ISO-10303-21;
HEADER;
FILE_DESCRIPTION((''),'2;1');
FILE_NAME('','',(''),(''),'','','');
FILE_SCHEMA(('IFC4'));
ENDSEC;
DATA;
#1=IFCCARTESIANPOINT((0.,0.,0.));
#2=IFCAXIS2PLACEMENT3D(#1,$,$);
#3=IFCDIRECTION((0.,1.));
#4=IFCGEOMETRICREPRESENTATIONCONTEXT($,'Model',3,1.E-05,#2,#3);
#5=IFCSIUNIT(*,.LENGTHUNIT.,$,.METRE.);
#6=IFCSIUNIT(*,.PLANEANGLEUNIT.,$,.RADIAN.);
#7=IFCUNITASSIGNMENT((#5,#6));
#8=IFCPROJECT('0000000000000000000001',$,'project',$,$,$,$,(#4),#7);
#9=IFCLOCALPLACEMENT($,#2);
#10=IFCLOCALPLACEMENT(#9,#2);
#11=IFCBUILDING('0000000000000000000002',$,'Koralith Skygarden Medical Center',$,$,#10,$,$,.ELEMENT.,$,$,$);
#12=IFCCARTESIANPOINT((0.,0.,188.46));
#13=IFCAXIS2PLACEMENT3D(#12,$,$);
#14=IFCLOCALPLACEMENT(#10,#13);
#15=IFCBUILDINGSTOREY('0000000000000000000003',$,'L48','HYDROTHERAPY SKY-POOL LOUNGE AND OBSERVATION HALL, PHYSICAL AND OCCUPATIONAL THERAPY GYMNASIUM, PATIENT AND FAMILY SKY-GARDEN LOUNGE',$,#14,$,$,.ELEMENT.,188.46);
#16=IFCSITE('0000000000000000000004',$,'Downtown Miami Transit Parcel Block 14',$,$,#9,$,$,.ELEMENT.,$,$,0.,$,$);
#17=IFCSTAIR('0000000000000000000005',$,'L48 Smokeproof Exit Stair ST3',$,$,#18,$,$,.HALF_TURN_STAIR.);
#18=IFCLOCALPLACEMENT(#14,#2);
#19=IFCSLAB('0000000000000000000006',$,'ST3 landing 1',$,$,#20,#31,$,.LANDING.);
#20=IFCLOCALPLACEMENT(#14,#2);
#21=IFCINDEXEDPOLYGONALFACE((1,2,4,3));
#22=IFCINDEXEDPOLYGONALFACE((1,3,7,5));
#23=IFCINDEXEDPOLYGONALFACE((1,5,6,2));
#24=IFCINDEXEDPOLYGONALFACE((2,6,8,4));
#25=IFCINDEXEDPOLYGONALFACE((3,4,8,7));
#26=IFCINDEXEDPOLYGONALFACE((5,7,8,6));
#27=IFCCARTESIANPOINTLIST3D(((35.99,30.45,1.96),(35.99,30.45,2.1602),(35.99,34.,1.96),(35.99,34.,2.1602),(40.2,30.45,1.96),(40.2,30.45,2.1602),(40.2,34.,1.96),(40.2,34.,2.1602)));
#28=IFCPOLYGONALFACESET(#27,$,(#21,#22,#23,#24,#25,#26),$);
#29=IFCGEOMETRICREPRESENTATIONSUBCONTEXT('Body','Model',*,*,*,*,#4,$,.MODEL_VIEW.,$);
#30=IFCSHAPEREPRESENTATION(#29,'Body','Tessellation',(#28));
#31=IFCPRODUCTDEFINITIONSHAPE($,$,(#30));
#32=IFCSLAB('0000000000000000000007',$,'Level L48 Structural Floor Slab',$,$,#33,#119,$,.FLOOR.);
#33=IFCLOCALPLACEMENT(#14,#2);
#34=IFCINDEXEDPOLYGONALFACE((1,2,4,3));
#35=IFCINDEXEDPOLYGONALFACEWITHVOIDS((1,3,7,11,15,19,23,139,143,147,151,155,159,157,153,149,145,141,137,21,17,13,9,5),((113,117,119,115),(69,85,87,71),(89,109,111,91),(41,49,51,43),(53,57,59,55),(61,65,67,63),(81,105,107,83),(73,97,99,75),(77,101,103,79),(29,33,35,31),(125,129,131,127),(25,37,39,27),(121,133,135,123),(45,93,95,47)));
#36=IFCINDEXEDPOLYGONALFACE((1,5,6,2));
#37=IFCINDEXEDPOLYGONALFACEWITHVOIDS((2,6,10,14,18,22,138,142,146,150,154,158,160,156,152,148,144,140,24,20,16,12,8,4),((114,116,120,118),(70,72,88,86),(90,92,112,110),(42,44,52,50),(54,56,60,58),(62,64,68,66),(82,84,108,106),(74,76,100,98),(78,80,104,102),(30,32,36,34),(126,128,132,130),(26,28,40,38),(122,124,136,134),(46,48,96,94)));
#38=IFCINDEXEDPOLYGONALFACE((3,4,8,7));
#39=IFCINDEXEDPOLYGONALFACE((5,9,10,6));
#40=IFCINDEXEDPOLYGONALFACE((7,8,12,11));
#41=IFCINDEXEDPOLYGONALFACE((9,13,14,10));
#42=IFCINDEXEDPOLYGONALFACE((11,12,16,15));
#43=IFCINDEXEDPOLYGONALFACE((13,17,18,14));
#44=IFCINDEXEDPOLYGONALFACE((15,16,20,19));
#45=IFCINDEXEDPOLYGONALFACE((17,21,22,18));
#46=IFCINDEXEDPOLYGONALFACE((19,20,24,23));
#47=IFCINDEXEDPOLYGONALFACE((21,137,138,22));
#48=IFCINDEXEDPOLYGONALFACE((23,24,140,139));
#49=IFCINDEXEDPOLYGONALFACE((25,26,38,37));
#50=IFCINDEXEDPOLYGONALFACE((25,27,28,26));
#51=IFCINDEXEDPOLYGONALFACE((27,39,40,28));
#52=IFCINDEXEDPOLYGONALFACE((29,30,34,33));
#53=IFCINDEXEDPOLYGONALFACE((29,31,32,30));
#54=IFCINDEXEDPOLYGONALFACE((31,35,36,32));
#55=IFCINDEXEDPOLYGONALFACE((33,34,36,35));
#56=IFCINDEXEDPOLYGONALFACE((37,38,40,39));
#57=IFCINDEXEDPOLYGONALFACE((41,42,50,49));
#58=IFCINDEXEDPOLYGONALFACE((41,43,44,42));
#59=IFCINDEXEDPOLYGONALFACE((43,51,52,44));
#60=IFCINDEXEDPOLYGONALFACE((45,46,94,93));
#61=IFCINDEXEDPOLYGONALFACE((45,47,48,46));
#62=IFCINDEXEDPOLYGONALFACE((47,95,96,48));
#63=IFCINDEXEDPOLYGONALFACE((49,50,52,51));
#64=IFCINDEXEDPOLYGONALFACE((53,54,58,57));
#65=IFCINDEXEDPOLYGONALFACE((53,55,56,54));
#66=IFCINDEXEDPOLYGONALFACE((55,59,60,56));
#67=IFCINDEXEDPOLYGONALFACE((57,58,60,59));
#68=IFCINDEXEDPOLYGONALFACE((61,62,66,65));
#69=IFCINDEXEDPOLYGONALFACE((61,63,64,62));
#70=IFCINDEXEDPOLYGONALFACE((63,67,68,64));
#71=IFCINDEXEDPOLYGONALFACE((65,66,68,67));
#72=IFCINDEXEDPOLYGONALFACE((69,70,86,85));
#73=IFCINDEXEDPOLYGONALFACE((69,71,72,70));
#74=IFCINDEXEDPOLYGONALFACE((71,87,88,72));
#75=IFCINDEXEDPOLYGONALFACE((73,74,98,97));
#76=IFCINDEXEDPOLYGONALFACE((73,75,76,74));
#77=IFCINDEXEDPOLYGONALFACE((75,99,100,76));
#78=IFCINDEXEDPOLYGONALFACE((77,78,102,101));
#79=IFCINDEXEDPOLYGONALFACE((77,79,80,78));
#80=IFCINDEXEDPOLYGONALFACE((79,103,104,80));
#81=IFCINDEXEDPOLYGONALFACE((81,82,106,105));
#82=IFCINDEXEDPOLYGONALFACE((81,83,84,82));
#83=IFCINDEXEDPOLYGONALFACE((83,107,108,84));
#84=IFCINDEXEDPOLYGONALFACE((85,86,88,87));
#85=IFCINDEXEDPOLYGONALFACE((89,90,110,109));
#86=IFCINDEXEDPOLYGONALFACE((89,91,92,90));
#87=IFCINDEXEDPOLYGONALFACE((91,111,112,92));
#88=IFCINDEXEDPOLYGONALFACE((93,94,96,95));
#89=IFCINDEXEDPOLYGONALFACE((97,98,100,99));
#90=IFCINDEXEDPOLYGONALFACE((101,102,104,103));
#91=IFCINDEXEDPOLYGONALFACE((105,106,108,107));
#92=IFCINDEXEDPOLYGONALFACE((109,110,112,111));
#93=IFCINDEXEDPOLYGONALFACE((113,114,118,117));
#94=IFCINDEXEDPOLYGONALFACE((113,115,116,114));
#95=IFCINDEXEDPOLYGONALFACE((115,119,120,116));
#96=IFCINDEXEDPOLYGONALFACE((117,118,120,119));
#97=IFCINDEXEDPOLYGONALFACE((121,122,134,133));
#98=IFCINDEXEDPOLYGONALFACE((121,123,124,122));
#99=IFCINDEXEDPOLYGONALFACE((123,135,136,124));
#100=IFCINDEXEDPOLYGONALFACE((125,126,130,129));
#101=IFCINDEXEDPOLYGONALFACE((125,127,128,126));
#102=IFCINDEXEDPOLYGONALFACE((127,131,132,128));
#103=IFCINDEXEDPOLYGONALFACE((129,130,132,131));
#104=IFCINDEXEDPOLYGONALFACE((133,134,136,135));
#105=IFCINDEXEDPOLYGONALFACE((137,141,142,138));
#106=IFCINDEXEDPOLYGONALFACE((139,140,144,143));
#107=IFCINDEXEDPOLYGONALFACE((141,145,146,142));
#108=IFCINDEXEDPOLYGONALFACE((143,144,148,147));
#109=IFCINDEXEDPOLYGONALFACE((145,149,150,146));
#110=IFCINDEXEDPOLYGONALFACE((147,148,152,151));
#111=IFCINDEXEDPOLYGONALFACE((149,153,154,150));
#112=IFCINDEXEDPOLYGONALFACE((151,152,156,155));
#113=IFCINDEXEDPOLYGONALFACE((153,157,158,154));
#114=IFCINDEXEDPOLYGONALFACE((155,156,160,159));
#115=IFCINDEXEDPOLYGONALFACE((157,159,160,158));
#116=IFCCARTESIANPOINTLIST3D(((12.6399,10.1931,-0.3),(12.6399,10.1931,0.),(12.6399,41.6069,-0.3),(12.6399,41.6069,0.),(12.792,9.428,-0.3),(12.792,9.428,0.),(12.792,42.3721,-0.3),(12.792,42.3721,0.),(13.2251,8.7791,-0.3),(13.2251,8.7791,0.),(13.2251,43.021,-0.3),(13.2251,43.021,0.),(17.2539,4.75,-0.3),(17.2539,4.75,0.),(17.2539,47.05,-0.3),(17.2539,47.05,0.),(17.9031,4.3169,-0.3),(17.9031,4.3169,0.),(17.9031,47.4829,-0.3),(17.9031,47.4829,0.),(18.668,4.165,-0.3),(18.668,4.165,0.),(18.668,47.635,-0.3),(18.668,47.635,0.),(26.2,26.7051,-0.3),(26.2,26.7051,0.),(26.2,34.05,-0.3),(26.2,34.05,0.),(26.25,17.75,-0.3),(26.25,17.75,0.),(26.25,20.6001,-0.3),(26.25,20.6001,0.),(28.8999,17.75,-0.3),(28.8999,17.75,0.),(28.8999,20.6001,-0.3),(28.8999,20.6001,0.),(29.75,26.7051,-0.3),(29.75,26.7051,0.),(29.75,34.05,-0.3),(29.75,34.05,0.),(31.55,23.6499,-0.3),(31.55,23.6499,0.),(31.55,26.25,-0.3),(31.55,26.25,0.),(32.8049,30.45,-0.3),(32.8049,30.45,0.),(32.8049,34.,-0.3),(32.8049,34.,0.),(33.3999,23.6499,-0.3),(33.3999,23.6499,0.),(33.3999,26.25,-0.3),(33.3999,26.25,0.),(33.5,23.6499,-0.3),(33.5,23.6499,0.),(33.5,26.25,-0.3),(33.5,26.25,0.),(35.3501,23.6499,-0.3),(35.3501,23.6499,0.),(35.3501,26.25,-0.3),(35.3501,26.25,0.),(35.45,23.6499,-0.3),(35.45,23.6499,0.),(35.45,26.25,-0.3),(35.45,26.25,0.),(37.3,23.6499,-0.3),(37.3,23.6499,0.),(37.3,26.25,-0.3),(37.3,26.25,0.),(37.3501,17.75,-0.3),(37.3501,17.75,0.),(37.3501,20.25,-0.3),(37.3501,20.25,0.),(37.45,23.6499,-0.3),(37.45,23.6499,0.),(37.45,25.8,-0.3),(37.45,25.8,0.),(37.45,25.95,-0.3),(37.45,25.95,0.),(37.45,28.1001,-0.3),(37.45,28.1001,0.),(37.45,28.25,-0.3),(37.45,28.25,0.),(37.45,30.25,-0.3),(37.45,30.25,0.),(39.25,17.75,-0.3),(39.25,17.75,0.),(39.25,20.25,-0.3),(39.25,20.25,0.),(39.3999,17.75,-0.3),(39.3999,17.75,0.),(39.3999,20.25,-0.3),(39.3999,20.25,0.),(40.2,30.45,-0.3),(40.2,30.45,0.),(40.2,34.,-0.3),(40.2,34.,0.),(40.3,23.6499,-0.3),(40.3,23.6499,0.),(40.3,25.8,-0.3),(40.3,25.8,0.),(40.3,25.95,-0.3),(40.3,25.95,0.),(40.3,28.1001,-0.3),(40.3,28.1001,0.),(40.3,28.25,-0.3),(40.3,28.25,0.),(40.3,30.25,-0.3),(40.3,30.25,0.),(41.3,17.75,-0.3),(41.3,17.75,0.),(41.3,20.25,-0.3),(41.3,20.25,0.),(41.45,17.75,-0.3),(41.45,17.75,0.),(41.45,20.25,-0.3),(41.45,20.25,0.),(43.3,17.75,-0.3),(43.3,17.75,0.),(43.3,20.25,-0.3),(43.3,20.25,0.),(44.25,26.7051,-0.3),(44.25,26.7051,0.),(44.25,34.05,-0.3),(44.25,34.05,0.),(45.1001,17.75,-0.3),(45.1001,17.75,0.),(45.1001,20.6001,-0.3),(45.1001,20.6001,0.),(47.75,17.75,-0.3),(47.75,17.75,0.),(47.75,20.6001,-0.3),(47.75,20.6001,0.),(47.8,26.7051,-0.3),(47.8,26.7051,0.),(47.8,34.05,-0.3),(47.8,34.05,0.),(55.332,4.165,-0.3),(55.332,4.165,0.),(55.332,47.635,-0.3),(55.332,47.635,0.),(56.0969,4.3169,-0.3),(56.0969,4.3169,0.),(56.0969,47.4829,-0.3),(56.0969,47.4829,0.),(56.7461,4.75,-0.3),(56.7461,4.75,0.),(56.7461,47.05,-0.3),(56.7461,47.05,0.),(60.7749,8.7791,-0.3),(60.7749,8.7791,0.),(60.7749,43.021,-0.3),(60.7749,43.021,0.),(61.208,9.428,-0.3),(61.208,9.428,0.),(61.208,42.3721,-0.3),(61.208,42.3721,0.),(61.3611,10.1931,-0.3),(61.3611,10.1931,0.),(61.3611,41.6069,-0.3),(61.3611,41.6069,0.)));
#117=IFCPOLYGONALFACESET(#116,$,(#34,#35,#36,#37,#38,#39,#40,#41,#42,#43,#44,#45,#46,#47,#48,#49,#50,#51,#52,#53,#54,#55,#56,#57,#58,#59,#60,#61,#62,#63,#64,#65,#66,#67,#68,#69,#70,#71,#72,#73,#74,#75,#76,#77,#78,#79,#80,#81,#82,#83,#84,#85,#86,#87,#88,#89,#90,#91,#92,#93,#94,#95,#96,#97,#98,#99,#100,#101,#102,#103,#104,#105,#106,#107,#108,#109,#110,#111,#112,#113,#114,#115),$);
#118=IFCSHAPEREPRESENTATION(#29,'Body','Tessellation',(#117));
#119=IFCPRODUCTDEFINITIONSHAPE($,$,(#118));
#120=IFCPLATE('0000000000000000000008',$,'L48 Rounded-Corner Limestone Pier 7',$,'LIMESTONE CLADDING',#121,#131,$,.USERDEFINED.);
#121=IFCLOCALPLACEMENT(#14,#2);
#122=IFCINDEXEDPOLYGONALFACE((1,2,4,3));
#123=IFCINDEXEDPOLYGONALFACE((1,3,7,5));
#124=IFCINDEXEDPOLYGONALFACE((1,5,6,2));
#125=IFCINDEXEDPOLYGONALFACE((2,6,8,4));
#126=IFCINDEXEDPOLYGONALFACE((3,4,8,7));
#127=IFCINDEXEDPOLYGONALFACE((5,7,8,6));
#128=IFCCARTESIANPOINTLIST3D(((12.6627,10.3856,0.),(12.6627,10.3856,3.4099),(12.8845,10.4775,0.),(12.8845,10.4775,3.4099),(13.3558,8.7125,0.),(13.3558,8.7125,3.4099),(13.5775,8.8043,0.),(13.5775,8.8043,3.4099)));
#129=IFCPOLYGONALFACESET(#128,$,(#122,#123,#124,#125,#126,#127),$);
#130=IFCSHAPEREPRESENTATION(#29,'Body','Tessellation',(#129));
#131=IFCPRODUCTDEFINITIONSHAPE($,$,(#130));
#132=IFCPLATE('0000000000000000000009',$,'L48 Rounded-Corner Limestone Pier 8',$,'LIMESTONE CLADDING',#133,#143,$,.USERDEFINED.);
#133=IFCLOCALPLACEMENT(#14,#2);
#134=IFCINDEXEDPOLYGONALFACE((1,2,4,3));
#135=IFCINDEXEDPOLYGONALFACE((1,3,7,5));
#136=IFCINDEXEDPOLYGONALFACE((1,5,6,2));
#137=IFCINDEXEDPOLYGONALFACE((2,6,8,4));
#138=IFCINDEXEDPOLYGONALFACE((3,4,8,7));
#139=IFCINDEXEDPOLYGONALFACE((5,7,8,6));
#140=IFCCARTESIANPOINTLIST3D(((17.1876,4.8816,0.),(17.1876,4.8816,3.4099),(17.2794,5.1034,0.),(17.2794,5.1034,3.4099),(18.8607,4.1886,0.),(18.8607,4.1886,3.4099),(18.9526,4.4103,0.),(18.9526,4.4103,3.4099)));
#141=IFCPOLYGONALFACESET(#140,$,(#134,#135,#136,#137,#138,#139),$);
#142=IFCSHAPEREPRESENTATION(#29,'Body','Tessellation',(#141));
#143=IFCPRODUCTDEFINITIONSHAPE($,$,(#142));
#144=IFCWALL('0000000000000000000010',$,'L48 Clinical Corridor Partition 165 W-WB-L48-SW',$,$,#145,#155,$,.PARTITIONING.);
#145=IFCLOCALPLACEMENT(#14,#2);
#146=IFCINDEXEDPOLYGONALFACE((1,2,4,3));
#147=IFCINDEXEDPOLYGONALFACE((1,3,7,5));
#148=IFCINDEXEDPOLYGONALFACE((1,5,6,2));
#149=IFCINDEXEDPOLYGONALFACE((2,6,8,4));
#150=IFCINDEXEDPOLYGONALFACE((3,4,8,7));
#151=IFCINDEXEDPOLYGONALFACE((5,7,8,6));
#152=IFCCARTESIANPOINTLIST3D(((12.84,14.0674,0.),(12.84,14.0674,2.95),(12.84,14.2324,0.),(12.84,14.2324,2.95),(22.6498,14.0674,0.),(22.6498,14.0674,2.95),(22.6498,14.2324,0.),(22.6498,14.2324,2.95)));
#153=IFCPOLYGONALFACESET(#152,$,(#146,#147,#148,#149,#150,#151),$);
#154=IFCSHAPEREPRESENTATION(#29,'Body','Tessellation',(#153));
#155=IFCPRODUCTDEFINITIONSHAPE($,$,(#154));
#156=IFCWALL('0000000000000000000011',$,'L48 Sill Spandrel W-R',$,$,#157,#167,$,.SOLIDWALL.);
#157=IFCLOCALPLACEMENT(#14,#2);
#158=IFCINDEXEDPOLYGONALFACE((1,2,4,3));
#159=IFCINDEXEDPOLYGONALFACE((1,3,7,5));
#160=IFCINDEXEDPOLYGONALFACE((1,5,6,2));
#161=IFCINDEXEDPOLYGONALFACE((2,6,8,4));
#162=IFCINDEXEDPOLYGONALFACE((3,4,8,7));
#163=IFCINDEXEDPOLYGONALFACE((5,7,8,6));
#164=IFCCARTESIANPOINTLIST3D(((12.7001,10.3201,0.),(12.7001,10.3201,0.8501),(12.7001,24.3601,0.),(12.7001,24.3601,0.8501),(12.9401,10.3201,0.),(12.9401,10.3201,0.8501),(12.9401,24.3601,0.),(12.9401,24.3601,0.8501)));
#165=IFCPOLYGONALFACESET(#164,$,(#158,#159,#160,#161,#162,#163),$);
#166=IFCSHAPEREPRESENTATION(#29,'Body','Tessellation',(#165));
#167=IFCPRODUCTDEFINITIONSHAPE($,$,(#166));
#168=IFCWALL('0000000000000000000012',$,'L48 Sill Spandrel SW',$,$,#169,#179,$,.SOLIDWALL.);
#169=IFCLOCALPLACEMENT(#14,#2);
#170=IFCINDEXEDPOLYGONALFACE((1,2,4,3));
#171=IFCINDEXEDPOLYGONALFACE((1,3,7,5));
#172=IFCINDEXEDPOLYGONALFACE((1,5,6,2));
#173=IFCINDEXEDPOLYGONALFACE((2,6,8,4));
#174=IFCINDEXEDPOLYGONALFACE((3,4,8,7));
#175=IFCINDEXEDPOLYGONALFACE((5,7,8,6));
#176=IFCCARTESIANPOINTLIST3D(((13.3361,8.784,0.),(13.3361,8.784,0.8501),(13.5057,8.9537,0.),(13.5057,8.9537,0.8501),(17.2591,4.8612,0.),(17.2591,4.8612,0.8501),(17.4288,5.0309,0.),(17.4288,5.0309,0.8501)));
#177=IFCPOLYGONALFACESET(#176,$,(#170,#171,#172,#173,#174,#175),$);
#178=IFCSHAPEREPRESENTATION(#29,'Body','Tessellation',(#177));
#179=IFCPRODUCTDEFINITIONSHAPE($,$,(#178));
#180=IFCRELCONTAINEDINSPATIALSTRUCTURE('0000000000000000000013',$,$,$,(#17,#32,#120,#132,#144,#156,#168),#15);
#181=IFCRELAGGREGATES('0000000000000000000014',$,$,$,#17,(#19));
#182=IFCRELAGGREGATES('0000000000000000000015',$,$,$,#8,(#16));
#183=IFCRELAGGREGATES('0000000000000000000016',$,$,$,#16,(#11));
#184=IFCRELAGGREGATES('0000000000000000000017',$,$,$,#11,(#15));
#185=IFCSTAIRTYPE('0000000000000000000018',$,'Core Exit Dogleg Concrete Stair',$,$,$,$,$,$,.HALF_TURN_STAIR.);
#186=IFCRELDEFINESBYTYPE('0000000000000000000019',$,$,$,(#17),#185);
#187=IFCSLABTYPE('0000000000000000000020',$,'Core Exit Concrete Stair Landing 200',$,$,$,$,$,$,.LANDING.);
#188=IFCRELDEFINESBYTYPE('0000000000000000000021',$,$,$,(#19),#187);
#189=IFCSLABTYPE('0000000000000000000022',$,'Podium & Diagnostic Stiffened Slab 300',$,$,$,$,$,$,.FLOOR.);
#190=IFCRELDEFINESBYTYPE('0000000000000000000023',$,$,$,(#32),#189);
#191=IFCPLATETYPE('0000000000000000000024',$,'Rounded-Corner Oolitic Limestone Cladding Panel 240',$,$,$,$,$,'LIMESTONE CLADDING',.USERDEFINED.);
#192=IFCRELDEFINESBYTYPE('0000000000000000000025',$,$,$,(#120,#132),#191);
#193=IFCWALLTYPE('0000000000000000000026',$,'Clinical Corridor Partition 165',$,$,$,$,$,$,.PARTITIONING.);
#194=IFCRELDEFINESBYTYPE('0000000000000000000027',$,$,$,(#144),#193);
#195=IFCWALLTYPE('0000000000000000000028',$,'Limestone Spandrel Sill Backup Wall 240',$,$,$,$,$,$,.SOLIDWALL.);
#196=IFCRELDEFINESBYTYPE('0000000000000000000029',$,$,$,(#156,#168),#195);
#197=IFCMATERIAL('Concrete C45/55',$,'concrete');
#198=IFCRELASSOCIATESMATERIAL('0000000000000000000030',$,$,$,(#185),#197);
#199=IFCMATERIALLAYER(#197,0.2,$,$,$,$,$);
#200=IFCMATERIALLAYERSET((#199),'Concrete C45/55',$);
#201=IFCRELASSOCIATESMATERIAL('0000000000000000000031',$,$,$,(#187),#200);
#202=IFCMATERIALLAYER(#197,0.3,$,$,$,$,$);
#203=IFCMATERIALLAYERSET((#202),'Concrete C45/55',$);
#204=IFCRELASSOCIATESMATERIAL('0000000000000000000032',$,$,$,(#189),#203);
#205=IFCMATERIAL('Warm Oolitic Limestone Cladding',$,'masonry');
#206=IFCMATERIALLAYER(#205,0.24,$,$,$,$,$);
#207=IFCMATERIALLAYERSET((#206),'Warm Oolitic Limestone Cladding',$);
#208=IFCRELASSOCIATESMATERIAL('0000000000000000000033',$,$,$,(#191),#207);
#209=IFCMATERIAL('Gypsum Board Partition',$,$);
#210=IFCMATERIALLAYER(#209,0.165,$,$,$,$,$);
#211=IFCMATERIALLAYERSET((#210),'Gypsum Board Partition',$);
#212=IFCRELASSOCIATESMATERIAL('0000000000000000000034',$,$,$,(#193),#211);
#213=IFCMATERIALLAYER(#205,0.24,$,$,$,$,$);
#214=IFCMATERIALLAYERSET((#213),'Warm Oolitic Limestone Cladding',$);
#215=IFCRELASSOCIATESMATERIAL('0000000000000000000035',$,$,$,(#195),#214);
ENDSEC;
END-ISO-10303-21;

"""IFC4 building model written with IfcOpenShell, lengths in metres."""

from ifc_helpers import new_model, si_unit, direction, frame, frame_2d, origin, origin_2d, place, context, subcontext, project, spatial, polyline, rectangle, outline, extrude, material, layer, layer_set, type_object, element, aggregate, save


model = new_model("IFC4")

# Units and contexts
model_context = context("Model", 3, precision=1e-05, world=origin(), true_north=direction((0.0, 1.0)))
body_context = subcontext(model_context, "Body", "Model", "MODEL_VIEW")
ifc_project = project(units=[si_unit("LENGTHUNIT", "METRE"), si_unit("PLANEANGLEUNIT", "RADIAN")], contexts=[model_context])

# Site, building, storey
site_placement = place(None, origin())
site = spatial("IfcSite", under=ifc_project, at=site_placement, Name="Downtown Miami Transit Parcel Block 14", CompositionType="ELEMENT", RefElevation=0.0)
building_placement = place(site_placement, origin())
building = spatial("IfcBuilding", under=site, at=building_placement, Name="Koralith Skygarden Medical Center", CompositionType="ELEMENT")
storey_placement = place(building_placement, frame((0.0, 0.0, 188.46)))
storey = spatial("IfcBuildingStorey", under=building, at=storey_placement, Name="L48", Description="HYDROTHERAPY SKY-POOL LOUNGE AND OBSERVATION HALL, PHYSICAL AND OCCUPATIONAL THERAPY GYMNASIUM, PATIENT AND FAMILY SKY-GARDEN LOUNGE", CompositionType="ELEMENT", Elevation=188.46)

# Shared definitions
ifc_material_1 = material(Name="Concrete C45/55", Category="concrete")

# Stair, slab
stair_type = type_object("IfcStairType", Name="Core Exit Dogleg Concrete Stair", PredefinedType="HALF_TURN_STAIR", material=ifc_material_1)
ifc_layer_1 = layer(ifc_material_1, 0.2)
ifc_layer_set_1 = layer_set([ifc_layer_1], Name="Concrete C45/55")
slab_type_1 = type_object("IfcSlabType", Name="Core Exit Concrete Stair Landing 200", PredefinedType="LANDING", material=ifc_layer_set_1)
stair_1_placement = place(storey_placement, origin())
stair_1 = element("IfcStair", 1, at=stair_1_placement, inside=storey, type_object=stair_type, Name="L48 Smokeproof Exit Stair ST3", PredefinedType="HALF_TURN_STAIR")
slab_1_placement = place(storey_placement, frame((0.0, 0.0, 1.96)))
slab_1 = element("IfcSlab", 2, at=slab_1_placement, type_object=slab_type_1, Name="ST3 landing 1", PredefinedType="LANDING", context=body_context, shape_type="SweptSolid", body=[
    extrude(outline(polyline([(35.99, 30.45), (40.2, 30.45), (40.2, 34.0), (35.99, 34.0), (35.99, 30.45)])), origin(), (0.0, 0.0, 1.0), 0.2002),
])
aggregate(stair_1, [slab_1])

# Slab
ifc_layer_2 = layer(ifc_material_1, 0.3)
ifc_layer_set_2 = layer_set([ifc_layer_2], Name="Concrete C45/55")
slab_type_2 = type_object("IfcSlabType", Name="Podium & Diagnostic Stiffened Slab 300", PredefinedType="FLOOR", material=ifc_layer_set_2)
slab_2_placement = place(storey_placement, frame((0.0, 0.0, -0.3)))
element("IfcSlab", 3, at=slab_2_placement, inside=storey, type_object=slab_type_2, Name="Level L48 Structural Floor Slab", PredefinedType="FLOOR", context=body_context, shape_type="SweptSolid", body=[
    extrude(outline(polyline([(17.2539, 4.75), (17.9031, 4.3169), (18.668, 4.165), (55.332, 4.165), (56.0969, 4.3169), (56.7461, 4.75), (60.7749, 8.7791), (61.208, 9.428), (61.3611, 10.1931), (61.3611, 41.6069), (61.208, 42.3721), (60.7749, 43.021), (56.7461, 47.05), (56.0969, 47.4829), (55.332, 47.635), (18.668, 47.635), (17.9031, 47.4829), (17.2539, 47.05), (13.2251, 43.021), (12.792, 42.3721), (12.6399, 41.6069), (12.6399, 10.1931), (12.792, 9.428), (13.2251, 8.7791), (17.2539, 4.75)]), holes=[polyline([(26.2, 26.7051), (29.75, 26.7051), (29.75, 34.05), (26.2, 34.05), (26.2, 26.7051)]), polyline([(44.25, 26.7051), (47.8, 26.7051), (47.8, 34.05), (44.25, 34.05), (44.25, 26.7051)]), polyline([(32.8049, 30.45), (40.2, 30.45), (40.2, 34.0), (32.8049, 34.0), (32.8049, 30.45)]), polyline([(26.25, 17.75), (28.8999, 17.75), (28.8999, 20.6001), (26.25, 20.6001), (26.25, 17.75)]), polyline([(45.1001, 17.75), (47.75, 17.75), (47.75, 20.6001), (45.1001, 20.6001), (45.1001, 17.75)]), polyline([(37.3501, 17.75), (39.25, 17.75), (39.25, 20.25), (37.3501, 20.25), (37.3501, 17.75)]), polyline([(39.3999, 17.75), (41.3, 17.75), (41.3, 20.25), (39.3999, 20.25), (39.3999, 17.75)]), polyline([(41.45, 17.75), (43.3, 17.75), (43.3, 20.25), (41.45, 20.25), (41.45, 17.75)]), polyline([(31.55, 23.6499), (33.3999, 23.6499), (33.3999, 26.25), (31.55, 26.25), (31.55, 23.6499)]), polyline([(33.5, 23.6499), (35.3501, 23.6499), (35.3501, 26.25), (33.5, 26.25), (33.5, 23.6499)]), polyline([(35.45, 23.6499), (37.3, 23.6499), (37.3, 26.25), (35.45, 26.25), (35.45, 23.6499)]), polyline([(37.45, 23.6499), (40.3, 23.6499), (40.3, 25.8), (37.45, 25.8), (37.45, 23.6499)]), polyline([(37.45, 25.95), (40.3, 25.95), (40.3, 28.1001), (37.45, 28.1001), (37.45, 25.95)]), polyline([(37.45, 28.25), (40.3, 28.25), (40.3, 30.25), (37.45, 30.25), (37.45, 28.25)])]), origin(), (0.0, 0.0, 1.0), 0.3),
])

# Plates
ifc_material_2 = material(Name="Warm Oolitic Limestone Cladding", Category="masonry")
ifc_layer_3 = layer(ifc_material_2, 0.24)
ifc_layer_set_3 = layer_set([ifc_layer_3], Name="Warm Oolitic Limestone Cladding")
plate_type_1 = type_object("IfcPlateType", Name="Rounded-Corner Oolitic Limestone Cladding Panel 240", ElementType="LIMESTONE CLADDING", PredefinedType="USERDEFINED", material=ifc_layer_set_3)
for number, where, z_axis, x_axis, name in (
    (4, (13.1201, 9.595, 0.0), (0.0, 0.0, 1.0), (0.382671, -0.923885, 0.0), "L48 Rounded-Corner Limestone Pier 7"),
    (5, (18.0701, 4.646, 0.0), (0.0, 0.0, 1.0), (0.923885, -0.382671, 0.0), "L48 Rounded-Corner Limestone Pier 8"),
):
    element("IfcPlate", number, at=place(storey_placement, frame(where, z_axis=z_axis, x_axis=x_axis)), inside=storey, type_object=plate_type_1, Name=name, ObjectType="LIMESTONE CLADDING", PredefinedType="USERDEFINED", context=body_context, shape_type="SweptSolid", body=[
        extrude(rectangle(XDim=1.811, YDim=0.24, at=origin_2d()), origin(), (0.0, 0.0, 1.0), 3.4099),
    ])

# Walls
ifc_material_3 = material(Name="Gypsum Board Partition")
ifc_layer_4 = layer(ifc_material_3, 0.165)
ifc_layer_set_4 = layer_set([ifc_layer_4], Name="Gypsum Board Partition")
wall_type_1 = type_object("IfcWallType", Name="Clinical Corridor Partition 165", PredefinedType="PARTITIONING", material=ifc_layer_set_4)
wall_1_placement = place(storey_placement, frame((12.8401, 14.1499, 0.0), z_axis=(0.0, 0.0, 1.0), x_axis=(1.0, 0.0, 0.0)))
element("IfcWall", 6, at=wall_1_placement, inside=storey, type_object=wall_type_1, Name="L48 Clinical Corridor Partition 165 W-WB-L48-SW", PredefinedType="PARTITIONING", context=body_context, shape_type="SweptSolid", body=[
    extrude(rectangle(XDim=9.8098, YDim=0.165, at=frame_2d((4.9048, 0.0))), origin(), (0.0, 0.0, 1.0), 2.95),
])
ifc_layer_5 = layer(ifc_material_2, 0.24)
ifc_layer_set_5 = layer_set([ifc_layer_5], Name="Warm Oolitic Limestone Cladding")
wall_type_2 = type_object("IfcWallType", Name="Limestone Spandrel Sill Backup Wall 240", PredefinedType="SOLIDWALL", material=ifc_layer_set_5)
wall_2_placement = place(storey_placement, frame((12.8201, 24.3601, 0.0), z_axis=(0.0, 0.0, 1.0), x_axis=(0.0, -1.0, 0.0)))
element("IfcWall", 7, at=wall_2_placement, inside=storey, type_object=wall_type_2, Name="L48 Sill Spandrel W-R", PredefinedType="SOLIDWALL", context=body_context, shape_type="SweptSolid", body=[
    extrude(rectangle(XDim=14.04, YDim=0.24, at=frame_2d((7.02, 0.0))), origin(), (0.0, 0.0, 1.0), 0.8501),
])
wall_3_placement = place(storey_placement, frame((13.4209, 8.8689, 0.0), z_axis=(0.0, 0.0, 1.0), x_axis=(0.707129, -0.707085, 0.0)))
element("IfcWall", 8, at=wall_3_placement, inside=storey, type_object=wall_type_2, Name="L48 Sill Spandrel SW", PredefinedType="SOLIDWALL", context=body_context, shape_type="SweptSolid", body=[
    extrude(rectangle(XDim=5.5479, YDim=0.24, at=frame_2d((2.7739, 0.0))), origin(), (0.0, 0.0, 1.0), 0.8501),
])

save(model, "model.ifc")
